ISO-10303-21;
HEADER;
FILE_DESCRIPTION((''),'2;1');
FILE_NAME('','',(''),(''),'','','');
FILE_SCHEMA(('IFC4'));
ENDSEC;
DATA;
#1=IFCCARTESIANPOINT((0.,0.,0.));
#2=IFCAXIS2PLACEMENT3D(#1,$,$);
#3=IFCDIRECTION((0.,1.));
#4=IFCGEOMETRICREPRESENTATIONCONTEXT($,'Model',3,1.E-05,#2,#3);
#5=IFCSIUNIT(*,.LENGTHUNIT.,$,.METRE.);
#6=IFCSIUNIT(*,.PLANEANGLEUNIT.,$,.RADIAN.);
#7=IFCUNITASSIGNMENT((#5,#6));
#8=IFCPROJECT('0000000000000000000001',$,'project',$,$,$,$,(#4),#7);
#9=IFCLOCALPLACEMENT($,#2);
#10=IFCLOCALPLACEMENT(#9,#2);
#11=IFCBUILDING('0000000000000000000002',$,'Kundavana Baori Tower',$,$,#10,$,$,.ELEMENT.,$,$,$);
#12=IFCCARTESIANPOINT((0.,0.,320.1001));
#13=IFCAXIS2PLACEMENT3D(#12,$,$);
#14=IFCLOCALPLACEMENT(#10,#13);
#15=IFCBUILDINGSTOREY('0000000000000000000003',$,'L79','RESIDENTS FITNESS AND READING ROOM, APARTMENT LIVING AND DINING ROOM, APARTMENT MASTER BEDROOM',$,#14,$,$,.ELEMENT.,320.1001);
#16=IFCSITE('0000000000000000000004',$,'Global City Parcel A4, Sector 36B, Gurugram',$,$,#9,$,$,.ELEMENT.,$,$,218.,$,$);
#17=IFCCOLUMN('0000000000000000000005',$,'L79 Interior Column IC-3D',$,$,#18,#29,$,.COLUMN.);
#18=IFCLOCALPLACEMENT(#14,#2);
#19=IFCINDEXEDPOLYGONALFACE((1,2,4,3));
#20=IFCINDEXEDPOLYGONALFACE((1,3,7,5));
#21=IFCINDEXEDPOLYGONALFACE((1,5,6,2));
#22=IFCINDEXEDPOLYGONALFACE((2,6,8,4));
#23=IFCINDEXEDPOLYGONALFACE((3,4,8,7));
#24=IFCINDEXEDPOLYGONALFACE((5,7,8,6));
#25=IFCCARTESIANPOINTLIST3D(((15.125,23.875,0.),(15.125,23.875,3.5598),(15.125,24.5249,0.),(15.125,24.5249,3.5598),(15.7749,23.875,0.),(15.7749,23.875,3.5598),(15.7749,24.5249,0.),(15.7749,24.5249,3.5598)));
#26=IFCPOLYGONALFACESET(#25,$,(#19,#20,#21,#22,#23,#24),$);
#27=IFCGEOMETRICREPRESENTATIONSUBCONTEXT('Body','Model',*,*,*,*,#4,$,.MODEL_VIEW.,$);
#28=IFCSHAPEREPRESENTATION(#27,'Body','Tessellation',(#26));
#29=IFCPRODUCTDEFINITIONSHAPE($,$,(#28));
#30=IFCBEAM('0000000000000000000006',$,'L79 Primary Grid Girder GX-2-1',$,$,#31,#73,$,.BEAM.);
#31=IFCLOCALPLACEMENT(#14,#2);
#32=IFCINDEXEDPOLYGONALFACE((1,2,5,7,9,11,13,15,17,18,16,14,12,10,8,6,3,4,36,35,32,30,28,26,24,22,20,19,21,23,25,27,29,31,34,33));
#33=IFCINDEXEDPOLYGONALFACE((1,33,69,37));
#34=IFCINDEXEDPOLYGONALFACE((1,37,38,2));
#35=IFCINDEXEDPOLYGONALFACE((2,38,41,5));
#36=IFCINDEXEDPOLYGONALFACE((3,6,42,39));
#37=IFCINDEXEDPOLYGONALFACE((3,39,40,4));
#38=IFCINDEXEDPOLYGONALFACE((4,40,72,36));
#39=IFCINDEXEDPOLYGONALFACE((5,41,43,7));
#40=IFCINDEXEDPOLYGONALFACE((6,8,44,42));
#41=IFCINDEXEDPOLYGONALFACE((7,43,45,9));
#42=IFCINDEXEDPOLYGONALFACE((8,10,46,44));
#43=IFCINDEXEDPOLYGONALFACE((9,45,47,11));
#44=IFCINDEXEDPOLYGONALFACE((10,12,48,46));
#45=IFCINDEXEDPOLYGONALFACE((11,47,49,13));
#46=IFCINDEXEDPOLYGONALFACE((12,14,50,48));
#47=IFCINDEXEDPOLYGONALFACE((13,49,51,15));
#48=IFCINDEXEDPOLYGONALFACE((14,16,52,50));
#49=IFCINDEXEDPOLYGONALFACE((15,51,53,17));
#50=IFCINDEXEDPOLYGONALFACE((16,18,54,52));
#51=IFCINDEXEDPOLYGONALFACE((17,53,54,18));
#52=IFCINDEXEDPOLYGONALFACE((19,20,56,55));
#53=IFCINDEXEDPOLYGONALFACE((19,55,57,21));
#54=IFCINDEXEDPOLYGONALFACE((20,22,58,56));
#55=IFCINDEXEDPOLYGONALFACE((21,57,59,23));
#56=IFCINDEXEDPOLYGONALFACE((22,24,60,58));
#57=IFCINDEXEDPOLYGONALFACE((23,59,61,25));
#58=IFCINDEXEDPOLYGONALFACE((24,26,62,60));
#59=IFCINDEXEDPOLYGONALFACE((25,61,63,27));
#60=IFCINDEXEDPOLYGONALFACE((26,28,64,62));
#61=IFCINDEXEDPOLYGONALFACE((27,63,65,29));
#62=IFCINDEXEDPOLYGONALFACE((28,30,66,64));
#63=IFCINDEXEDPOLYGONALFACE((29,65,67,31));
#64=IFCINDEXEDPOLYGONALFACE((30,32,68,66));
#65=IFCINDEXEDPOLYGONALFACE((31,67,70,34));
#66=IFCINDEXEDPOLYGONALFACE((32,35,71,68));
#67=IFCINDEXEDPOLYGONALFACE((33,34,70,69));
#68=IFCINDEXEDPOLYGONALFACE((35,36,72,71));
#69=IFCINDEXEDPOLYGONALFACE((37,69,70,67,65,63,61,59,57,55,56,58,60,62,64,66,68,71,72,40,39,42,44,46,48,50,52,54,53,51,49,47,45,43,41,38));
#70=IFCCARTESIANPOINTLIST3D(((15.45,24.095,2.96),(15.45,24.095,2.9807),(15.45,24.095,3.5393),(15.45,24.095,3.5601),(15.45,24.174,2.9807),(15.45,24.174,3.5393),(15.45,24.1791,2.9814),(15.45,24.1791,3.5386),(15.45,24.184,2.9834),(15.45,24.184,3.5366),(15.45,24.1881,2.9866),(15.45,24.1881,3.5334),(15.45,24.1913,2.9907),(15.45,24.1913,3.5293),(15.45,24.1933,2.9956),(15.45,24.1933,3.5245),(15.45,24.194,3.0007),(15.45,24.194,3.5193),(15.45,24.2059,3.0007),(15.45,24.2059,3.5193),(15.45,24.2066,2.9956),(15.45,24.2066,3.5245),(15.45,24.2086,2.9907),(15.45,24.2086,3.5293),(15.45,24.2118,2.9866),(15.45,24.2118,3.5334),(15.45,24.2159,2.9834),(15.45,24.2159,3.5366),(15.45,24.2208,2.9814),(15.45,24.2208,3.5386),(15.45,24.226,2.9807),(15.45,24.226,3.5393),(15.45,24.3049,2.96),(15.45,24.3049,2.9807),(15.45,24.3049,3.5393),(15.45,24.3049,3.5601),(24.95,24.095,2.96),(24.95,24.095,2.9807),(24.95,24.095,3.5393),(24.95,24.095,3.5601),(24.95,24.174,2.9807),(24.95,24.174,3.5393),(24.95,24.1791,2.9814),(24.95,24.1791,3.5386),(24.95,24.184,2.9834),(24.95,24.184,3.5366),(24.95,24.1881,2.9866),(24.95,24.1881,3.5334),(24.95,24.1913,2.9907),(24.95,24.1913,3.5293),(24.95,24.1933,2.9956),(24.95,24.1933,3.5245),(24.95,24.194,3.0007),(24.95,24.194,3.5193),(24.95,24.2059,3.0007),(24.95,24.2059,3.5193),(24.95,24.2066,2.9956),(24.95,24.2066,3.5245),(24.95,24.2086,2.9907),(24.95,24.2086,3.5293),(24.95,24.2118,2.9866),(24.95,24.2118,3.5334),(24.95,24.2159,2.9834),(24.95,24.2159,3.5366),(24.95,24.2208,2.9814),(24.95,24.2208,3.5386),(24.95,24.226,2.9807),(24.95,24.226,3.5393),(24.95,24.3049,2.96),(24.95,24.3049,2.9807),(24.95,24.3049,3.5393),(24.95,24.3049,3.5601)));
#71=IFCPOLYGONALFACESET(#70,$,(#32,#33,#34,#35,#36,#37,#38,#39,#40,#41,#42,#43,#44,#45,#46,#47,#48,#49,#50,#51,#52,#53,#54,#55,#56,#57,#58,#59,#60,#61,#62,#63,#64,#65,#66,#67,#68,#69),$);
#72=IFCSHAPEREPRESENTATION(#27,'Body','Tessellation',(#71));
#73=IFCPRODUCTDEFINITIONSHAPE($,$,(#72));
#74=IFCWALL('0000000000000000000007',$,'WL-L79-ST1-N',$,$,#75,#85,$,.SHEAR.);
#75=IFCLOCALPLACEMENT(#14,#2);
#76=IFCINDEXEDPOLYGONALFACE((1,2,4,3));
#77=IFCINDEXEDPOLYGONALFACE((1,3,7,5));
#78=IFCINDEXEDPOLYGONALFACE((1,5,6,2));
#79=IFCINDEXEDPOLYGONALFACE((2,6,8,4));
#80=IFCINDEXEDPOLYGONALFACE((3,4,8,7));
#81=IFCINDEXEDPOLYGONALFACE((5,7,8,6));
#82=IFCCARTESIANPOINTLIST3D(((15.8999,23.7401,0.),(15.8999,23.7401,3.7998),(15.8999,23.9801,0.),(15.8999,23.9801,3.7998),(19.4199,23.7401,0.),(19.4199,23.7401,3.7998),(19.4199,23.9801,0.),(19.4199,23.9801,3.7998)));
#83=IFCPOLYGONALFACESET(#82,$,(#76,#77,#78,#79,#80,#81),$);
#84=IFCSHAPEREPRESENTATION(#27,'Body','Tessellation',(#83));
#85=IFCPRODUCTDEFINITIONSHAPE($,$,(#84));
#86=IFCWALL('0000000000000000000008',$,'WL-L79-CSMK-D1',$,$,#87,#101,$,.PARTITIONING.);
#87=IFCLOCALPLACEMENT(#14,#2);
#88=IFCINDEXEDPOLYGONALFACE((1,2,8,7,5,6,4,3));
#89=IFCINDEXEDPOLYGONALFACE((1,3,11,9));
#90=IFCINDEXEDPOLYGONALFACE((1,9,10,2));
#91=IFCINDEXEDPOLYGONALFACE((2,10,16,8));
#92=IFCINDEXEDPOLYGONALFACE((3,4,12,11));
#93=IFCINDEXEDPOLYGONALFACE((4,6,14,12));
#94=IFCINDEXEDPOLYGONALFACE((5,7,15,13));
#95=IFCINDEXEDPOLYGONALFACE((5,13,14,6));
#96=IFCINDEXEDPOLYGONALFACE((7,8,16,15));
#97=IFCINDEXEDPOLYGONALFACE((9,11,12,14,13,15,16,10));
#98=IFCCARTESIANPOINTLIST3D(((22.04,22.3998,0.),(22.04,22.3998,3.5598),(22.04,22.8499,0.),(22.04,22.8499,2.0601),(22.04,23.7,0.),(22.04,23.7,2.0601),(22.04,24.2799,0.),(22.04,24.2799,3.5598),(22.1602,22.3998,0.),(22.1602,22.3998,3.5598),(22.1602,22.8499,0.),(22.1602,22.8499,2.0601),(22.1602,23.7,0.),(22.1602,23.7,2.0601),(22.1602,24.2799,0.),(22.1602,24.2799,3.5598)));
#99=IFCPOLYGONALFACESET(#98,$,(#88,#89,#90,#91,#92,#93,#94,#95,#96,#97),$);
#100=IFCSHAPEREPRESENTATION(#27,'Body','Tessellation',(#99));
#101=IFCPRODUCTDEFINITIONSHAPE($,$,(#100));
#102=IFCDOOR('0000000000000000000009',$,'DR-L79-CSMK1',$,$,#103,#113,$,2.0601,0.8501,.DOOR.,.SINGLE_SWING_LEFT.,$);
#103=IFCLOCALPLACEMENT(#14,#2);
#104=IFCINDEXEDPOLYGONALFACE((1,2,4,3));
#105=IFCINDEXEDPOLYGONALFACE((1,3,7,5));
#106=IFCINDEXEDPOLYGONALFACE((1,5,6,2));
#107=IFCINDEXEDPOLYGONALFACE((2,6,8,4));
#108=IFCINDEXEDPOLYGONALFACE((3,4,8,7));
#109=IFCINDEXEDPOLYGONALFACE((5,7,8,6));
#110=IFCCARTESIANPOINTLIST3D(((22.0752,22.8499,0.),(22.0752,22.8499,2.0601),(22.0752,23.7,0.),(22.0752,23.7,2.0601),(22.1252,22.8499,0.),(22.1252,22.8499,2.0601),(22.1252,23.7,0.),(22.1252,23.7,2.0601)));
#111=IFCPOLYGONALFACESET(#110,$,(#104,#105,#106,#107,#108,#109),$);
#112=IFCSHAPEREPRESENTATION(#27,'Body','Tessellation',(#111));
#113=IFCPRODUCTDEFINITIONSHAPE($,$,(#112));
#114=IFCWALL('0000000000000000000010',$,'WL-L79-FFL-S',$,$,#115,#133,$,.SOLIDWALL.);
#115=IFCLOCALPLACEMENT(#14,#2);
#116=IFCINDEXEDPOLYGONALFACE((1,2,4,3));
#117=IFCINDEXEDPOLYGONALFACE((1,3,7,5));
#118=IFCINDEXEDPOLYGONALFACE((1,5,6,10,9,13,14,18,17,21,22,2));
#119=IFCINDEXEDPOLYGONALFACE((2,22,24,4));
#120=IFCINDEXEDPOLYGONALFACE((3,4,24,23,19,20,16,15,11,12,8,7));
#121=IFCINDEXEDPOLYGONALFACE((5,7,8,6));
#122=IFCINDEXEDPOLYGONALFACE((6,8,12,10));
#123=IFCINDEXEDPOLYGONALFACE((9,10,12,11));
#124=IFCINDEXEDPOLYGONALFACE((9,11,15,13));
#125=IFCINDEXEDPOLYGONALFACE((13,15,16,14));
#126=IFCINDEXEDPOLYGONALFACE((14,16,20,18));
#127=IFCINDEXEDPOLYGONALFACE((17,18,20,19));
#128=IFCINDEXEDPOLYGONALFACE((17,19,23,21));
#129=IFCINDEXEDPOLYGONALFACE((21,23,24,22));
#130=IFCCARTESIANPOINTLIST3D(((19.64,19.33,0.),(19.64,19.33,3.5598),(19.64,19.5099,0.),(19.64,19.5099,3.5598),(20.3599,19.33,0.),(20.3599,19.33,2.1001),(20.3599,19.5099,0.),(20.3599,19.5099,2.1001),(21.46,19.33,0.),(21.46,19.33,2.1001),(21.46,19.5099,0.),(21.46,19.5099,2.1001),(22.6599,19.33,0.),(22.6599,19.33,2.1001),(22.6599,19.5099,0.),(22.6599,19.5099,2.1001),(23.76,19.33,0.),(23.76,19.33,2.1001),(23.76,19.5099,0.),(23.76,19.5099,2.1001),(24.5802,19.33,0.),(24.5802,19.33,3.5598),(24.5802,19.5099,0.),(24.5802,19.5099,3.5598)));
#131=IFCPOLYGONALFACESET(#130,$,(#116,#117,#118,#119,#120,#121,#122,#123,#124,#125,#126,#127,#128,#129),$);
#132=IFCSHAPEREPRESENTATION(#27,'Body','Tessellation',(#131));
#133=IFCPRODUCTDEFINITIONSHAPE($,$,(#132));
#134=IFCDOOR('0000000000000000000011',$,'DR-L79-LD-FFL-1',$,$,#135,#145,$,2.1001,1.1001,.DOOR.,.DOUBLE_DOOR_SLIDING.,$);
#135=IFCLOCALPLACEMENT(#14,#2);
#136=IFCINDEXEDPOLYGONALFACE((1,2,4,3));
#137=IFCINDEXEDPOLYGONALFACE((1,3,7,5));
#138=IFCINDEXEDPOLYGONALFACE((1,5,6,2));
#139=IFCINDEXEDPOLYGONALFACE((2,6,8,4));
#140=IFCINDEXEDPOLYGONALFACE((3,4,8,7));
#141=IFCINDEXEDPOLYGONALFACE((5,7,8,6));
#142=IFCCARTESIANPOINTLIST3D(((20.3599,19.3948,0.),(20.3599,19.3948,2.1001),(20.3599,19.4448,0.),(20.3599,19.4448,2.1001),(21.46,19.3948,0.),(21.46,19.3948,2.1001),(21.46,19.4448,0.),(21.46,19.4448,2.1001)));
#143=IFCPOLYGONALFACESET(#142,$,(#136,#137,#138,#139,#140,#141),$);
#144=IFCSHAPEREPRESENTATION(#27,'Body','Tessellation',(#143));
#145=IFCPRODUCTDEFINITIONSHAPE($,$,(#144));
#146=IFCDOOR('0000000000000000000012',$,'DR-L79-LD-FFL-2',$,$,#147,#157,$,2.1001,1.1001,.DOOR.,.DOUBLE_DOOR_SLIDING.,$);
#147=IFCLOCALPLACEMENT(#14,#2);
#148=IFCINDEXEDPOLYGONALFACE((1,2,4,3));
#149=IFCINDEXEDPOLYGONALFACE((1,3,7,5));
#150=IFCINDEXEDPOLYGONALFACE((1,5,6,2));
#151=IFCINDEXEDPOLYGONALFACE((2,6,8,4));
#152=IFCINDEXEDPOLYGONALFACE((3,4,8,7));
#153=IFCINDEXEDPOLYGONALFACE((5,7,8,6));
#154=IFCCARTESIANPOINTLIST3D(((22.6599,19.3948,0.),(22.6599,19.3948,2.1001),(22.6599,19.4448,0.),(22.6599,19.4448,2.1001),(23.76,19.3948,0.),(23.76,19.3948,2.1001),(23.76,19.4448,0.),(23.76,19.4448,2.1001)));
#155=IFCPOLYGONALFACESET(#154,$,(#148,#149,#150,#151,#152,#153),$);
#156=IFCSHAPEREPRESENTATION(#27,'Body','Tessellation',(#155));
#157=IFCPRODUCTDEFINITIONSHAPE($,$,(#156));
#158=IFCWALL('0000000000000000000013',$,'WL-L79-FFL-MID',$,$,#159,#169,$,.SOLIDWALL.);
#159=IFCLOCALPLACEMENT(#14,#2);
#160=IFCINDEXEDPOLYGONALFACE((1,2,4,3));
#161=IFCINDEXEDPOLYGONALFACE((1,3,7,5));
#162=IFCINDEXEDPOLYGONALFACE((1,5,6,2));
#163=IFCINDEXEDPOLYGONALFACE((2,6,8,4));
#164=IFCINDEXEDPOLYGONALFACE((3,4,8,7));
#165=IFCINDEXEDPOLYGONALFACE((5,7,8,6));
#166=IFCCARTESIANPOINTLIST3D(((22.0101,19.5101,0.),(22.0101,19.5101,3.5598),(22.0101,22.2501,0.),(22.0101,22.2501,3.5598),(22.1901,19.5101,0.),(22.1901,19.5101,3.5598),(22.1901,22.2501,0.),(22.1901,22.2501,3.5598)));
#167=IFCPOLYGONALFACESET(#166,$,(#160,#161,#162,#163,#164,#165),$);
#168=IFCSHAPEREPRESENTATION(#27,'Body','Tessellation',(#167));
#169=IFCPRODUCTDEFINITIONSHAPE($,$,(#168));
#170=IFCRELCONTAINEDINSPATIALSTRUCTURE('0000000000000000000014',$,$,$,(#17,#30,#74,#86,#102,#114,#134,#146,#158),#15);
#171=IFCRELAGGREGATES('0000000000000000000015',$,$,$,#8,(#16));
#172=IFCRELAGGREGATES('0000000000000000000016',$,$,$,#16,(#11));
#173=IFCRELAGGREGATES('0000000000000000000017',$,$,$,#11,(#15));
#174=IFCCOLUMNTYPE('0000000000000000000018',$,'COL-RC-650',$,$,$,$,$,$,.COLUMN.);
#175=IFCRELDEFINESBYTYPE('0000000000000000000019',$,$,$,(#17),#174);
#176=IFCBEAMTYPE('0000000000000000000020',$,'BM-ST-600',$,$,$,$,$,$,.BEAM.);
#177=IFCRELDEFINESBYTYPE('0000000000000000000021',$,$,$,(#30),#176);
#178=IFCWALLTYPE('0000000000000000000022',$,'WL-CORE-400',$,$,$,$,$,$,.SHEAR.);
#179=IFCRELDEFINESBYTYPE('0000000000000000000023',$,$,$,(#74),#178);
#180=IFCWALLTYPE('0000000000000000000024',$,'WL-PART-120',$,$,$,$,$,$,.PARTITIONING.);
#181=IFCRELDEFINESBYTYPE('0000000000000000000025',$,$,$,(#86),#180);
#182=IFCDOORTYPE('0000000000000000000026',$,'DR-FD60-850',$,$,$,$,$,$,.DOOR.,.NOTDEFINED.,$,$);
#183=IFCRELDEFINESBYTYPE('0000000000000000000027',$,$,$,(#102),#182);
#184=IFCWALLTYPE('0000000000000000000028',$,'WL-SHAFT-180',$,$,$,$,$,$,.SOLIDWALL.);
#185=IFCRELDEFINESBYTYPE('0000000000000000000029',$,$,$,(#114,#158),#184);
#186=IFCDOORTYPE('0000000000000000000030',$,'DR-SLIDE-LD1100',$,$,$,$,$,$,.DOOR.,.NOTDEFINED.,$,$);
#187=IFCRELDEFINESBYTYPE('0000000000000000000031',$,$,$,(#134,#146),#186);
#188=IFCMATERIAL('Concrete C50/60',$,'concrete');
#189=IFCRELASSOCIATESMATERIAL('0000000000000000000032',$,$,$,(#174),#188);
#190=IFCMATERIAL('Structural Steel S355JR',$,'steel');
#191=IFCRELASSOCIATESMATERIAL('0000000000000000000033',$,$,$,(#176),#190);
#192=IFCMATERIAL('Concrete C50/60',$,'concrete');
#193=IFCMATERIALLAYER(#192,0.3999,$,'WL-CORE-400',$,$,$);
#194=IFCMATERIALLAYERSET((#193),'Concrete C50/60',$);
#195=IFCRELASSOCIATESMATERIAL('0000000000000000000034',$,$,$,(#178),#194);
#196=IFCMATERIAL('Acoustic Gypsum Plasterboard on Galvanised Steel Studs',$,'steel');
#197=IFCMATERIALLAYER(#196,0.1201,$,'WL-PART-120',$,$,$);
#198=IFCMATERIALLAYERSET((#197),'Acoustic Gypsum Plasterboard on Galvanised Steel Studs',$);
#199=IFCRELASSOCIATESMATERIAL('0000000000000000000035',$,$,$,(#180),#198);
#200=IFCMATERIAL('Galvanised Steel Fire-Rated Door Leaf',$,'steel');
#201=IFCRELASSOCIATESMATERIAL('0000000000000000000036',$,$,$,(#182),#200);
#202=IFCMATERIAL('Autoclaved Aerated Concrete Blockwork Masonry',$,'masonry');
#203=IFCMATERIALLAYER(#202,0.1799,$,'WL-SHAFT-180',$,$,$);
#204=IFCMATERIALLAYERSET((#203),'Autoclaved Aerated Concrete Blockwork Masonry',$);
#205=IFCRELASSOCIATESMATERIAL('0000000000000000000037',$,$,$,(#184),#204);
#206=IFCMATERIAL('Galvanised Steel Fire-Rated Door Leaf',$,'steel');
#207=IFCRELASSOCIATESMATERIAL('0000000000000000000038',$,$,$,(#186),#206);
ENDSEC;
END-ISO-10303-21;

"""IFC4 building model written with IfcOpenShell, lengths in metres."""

from ifc_helpers import new_model, si_unit, direction, frame, frame_2d, origin, origin_2d, place, context, subcontext, project, spatial, rectangle, i_section, extrude, material, layer, layer_set, material_profile, profile_set, type_object, element, fill, save


model = new_model("IFC4")

# Units and contexts
model_context = context("Model", 3, precision=1e-05, world=origin(), true_north=direction((0.0, 1.0)))
body_context = subcontext(model_context, "Body", "Model", "MODEL_VIEW")
ifc_project = project(units=[si_unit("LENGTHUNIT", "METRE"), si_unit("PLANEANGLEUNIT", "RADIAN")], contexts=[model_context])

# Site, building, storey
site_placement = place(None, origin())
site = spatial("IfcSite", under=ifc_project, at=site_placement, Name="Global City Parcel A4, Sector 36B, Gurugram", CompositionType="ELEMENT", RefElevation=218.0)
building_placement = place(site_placement, origin())
building = spatial("IfcBuilding", under=site, at=building_placement, Name="Kundavana Baori Tower", CompositionType="ELEMENT")
storey_placement = place(building_placement, frame((0.0, 0.0, 320.1001)))
storey = spatial("IfcBuildingStorey", under=building, at=storey_placement, Name="L79", Description="RESIDENTS FITNESS AND READING ROOM, APARTMENT LIVING AND DINING ROOM, APARTMENT MASTER BEDROOM", CompositionType="ELEMENT", Elevation=320.1001)

# Column
ifc_material_1 = material(Name="Concrete C50/60", Category="concrete")
ifc_material_profile_1 = material_profile(ifc_material_1, rectangle(XDim=0.6499, YDim=0.6499, at=origin_2d()), Name="RC 650x650")
ifc_profile_set_1 = profile_set([ifc_material_profile_1], Name="Concrete C50/60")
column_type = type_object("IfcColumnType", Name="COL-RC-650", PredefinedType="COLUMN", material=ifc_profile_set_1)
column_placement = place(storey_placement, frame((15.45, 24.2, 0.0), z_axis=(0.0, 0.0, 1.0), x_axis=(1.0, 0.0, 0.0)))
element("IfcColumn", 1, at=column_placement, inside=storey, type_object=column_type, Name="L79 Interior Column IC-3D", PredefinedType="COLUMN", context=body_context, shape_type="SweptSolid", body=[
    extrude(rectangle(XDim=0.6499, YDim=0.6499, at=origin_2d()), origin(), (0.0, 0.0, 1.0), 3.5598),
])

# Beam
ifc_material_2 = material(Name="Structural Steel S355JR", Category="steel")
ifc_material_profile_2 = material_profile(ifc_material_2, i_section(OverallWidth=0.21, OverallDepth=0.6001, WebThickness=0.012, FlangeThickness=0.0208, FilletRadius=0.02, at=origin_2d()), Name="ISMB 600")
ifc_profile_set_2 = profile_set([ifc_material_profile_2], Name="Structural Steel S355JR")
beam_type = type_object("IfcBeamType", Name="BM-ST-600", PredefinedType="BEAM", material=ifc_profile_set_2)
beam_placement = place(storey_placement, frame((15.45, 24.2, 3.26), z_axis=(1.0, 0.0, 0.0), x_axis=(0.0, 1.0, 0.0)))
element("IfcBeam", 2, at=beam_placement, inside=storey, type_object=beam_type, Name="L79 Primary Grid Girder GX-2-1", PredefinedType="BEAM", context=body_context, shape_type="SweptSolid", body=[
    extrude(i_section(OverallWidth=0.21, OverallDepth=0.6001, WebThickness=0.012, FlangeThickness=0.0208, FilletRadius=0.02, at=origin_2d()), origin(), (0.0, 0.0, 1.0), 9.5),
])

# Wall
ifc_material_3 = material(Name="Concrete C50/60", Category="concrete")
ifc_layer_1 = layer(ifc_material_3, 0.3999, Name="WL-CORE-400")
ifc_layer_set_1 = layer_set([ifc_layer_1], Name="Concrete C50/60")
wall_type_1 = type_object("IfcWallType", Name="WL-CORE-400", PredefinedType="SHEAR", material=ifc_layer_set_1)
wall_1_placement = place(storey_placement, frame((15.8999, 23.8601, 0.0), z_axis=(0.0, 0.0, 1.0), x_axis=(1.0, 0.0, 0.0)))
element("IfcWall", 3, at=wall_1_placement, inside=storey, type_object=wall_type_1, Name="WL-L79-ST1-N", PredefinedType="SHEAR", context=body_context, shape_type="SweptSolid", body=[
    extrude(rectangle(XDim=3.52, YDim=0.24, at=frame_2d((1.76, 0.0))), origin(), (0.0, 0.0, 1.0), 3.7998),
])

# Wall, opening, door
ifc_material_4 = material(Name="Acoustic Gypsum Plasterboard on Galvanised Steel Studs", Category="steel")
ifc_layer_2 = layer(ifc_material_4, 0.1201, Name="WL-PART-120")
ifc_layer_set_2 = layer_set([ifc_layer_2], Name="Acoustic Gypsum Plasterboard on Galvanised Steel Studs")
wall_type_2 = type_object("IfcWallType", Name="WL-PART-120", PredefinedType="PARTITIONING", material=ifc_layer_set_2)
wall_2_placement = place(storey_placement, frame((22.1001, 22.3999, 0.0), z_axis=(0.0, 0.0, 1.0), x_axis=(0.0, 1.0, 0.0)))
wall_2 = element("IfcWall", 4, at=wall_2_placement, inside=storey, type_object=wall_type_2, Name="WL-L79-CSMK-D1", PredefinedType="PARTITIONING", context=body_context, shape_type="SweptSolid", body=[
    extrude(rectangle(XDim=1.8801, YDim=0.1201, at=frame_2d((0.9399, 0.0))), origin(), (0.0, 0.0, 1.0), 3.5598),
])
opening_1_placement = place(wall_2_placement, frame((0.45, 0.0, 0.0)))
opening_1 = element("IfcOpeningElement", 5, at=opening_1_placement, cuts=wall_2, PredefinedType="OPENING", context=body_context, shape_type="SweptSolid", body=[
    extrude(rectangle(XDim=0.8501, YDim=2.0601, at=frame_2d((0.425, 1.03))), frame((0.0, 0.0701, 0.0), z_axis=(0.0, -1.0, 0.0), x_axis=(1.0, 0.0, 0.0)), (0.0, 0.0, 1.0), 0.1401),
])
ifc_material_5 = material(Name="Galvanised Steel Fire-Rated Door Leaf", Category="steel")
door_type_1 = type_object("IfcDoorType", Name="DR-FD60-850", OperationType="NOTDEFINED", PredefinedType="DOOR", material=ifc_material_5)
door_1_placement = place(opening_1_placement, origin())
door_1 = element("IfcDoor", 6, at=door_1_placement, inside=storey, type_object=door_type_1, Name="DR-L79-CSMK1", OperationType="SINGLE_SWING_LEFT", OverallHeight=2.0601, OverallWidth=0.8501, PredefinedType="DOOR", context=body_context, shape_type="SweptSolid", body=[
    extrude(rectangle(XDim=0.8501, YDim=2.0601, at=frame_2d((0.425, 1.03))), frame((0.0, 0.0249, 0.0), z_axis=(0.0, -1.0, 0.0), x_axis=(1.0, 0.0, 0.0)), (0.0, 0.0, 1.0), 0.05),
])
fill(opening_1, door_1)

# Wall, openings, doors
ifc_material_6 = material(Name="Autoclaved Aerated Concrete Blockwork Masonry", Category="masonry")
ifc_layer_3 = layer(ifc_material_6, 0.1799, Name="WL-SHAFT-180")
ifc_layer_set_3 = layer_set([ifc_layer_3], Name="Autoclaved Aerated Concrete Blockwork Masonry")
wall_type_3 = type_object("IfcWallType", Name="WL-SHAFT-180", PredefinedType="SOLIDWALL", material=ifc_layer_set_3)
wall_3_placement = place(storey_placement, frame((19.6399, 19.4199, 0.0), z_axis=(0.0, 0.0, 1.0), x_axis=(1.0, 0.0, 0.0)))
wall_3 = element("IfcWall", 7, at=wall_3_placement, inside=storey, type_object=wall_type_3, Name="WL-L79-FFL-S", PredefinedType="SOLIDWALL", context=body_context, shape_type="SweptSolid", body=[
    extrude(rectangle(XDim=4.9402, YDim=0.1799, at=frame_2d((2.4702, 0.0))), origin(), (0.0, 0.0, 1.0), 3.5598),
])
opening_2_placement = place(wall_3_placement, frame((0.72, 0.0, 0.0)))
opening_2 = element("IfcOpeningElement", 8, at=opening_2_placement, cuts=wall_3, PredefinedType="OPENING", context=body_context, shape_type="SweptSolid", body=[
    extrude(rectangle(XDim=1.1001, YDim=2.1001, at=frame_2d((0.55, 1.05))), frame((0.0, 0.1001, 0.0), z_axis=(0.0, -1.0, 0.0), x_axis=(1.0, 0.0, 0.0)), (0.0, 0.0, 1.0), 0.2),
])
opening_3_placement = place(wall_3_placement, frame((3.02, 0.0, 0.0)))
opening_3 = element("IfcOpeningElement", 9, at=opening_3_placement, cuts=wall_3, PredefinedType="OPENING", context=body_context, shape_type="SweptSolid", body=[
    extrude(rectangle(XDim=1.1001, YDim=2.1001, at=frame_2d((0.55, 1.05))), frame((0.0, 0.1001, 0.0), z_axis=(0.0, -1.0, 0.0), x_axis=(1.0, 0.0, 0.0)), (0.0, 0.0, 1.0), 0.2),
])
ifc_material_7 = material(Name="Galvanised Steel Fire-Rated Door Leaf", Category="steel")
door_type_2 = type_object("IfcDoorType", Name="DR-SLIDE-LD1100", OperationType="NOTDEFINED", PredefinedType="DOOR", material=ifc_material_7)
door_2_placement = place(opening_2_placement, origin())
door_2 = element("IfcDoor", 10, at=door_2_placement, inside=storey, type_object=door_type_2, Name="DR-L79-LD-FFL-1", OperationType="DOUBLE_DOOR_SLIDING", OverallHeight=2.1001, OverallWidth=1.1001, PredefinedType="DOOR", context=body_context, shape_type="SweptSolid", body=[
    extrude(rectangle(XDim=1.1001, YDim=2.1001, at=frame_2d((0.55, 1.05))), frame((0.0, 0.0249, 0.0), z_axis=(0.0, -1.0, 0.0), x_axis=(1.0, 0.0, 0.0)), (0.0, 0.0, 1.0), 0.05),
])
fill(opening_2, door_2)
door_3_placement = place(opening_3_placement, origin())
door_3 = element("IfcDoor", 11, at=door_3_placement, inside=storey, type_object=door_type_2, Name="DR-L79-LD-FFL-2", OperationType="DOUBLE_DOOR_SLIDING", OverallHeight=2.1001, OverallWidth=1.1001, PredefinedType="DOOR", context=body_context, shape_type="SweptSolid", body=[
    extrude(rectangle(XDim=1.1001, YDim=2.1001, at=frame_2d((0.55, 1.05))), frame((0.0, 0.0249, 0.0), z_axis=(0.0, -1.0, 0.0), x_axis=(1.0, 0.0, 0.0)), (0.0, 0.0, 1.0), 0.05),
])
fill(opening_3, door_3)

# Wall
wall_4_placement = place(storey_placement, frame((22.1001, 19.51, 0.0), z_axis=(0.0, 0.0, 1.0), x_axis=(0.0, 1.0, 0.0)))
element("IfcWall", 12, at=wall_4_placement, inside=storey, type_object=wall_type_3, Name="WL-L79-FFL-MID", PredefinedType="SOLIDWALL", context=body_context, shape_type="SweptSolid", body=[
    extrude(rectangle(XDim=2.74, YDim=0.1799, at=frame_2d((1.3701, 0.0))), origin(), (0.0, 0.0, 1.0), 3.5598),
])

save(model, "model.ifc")
